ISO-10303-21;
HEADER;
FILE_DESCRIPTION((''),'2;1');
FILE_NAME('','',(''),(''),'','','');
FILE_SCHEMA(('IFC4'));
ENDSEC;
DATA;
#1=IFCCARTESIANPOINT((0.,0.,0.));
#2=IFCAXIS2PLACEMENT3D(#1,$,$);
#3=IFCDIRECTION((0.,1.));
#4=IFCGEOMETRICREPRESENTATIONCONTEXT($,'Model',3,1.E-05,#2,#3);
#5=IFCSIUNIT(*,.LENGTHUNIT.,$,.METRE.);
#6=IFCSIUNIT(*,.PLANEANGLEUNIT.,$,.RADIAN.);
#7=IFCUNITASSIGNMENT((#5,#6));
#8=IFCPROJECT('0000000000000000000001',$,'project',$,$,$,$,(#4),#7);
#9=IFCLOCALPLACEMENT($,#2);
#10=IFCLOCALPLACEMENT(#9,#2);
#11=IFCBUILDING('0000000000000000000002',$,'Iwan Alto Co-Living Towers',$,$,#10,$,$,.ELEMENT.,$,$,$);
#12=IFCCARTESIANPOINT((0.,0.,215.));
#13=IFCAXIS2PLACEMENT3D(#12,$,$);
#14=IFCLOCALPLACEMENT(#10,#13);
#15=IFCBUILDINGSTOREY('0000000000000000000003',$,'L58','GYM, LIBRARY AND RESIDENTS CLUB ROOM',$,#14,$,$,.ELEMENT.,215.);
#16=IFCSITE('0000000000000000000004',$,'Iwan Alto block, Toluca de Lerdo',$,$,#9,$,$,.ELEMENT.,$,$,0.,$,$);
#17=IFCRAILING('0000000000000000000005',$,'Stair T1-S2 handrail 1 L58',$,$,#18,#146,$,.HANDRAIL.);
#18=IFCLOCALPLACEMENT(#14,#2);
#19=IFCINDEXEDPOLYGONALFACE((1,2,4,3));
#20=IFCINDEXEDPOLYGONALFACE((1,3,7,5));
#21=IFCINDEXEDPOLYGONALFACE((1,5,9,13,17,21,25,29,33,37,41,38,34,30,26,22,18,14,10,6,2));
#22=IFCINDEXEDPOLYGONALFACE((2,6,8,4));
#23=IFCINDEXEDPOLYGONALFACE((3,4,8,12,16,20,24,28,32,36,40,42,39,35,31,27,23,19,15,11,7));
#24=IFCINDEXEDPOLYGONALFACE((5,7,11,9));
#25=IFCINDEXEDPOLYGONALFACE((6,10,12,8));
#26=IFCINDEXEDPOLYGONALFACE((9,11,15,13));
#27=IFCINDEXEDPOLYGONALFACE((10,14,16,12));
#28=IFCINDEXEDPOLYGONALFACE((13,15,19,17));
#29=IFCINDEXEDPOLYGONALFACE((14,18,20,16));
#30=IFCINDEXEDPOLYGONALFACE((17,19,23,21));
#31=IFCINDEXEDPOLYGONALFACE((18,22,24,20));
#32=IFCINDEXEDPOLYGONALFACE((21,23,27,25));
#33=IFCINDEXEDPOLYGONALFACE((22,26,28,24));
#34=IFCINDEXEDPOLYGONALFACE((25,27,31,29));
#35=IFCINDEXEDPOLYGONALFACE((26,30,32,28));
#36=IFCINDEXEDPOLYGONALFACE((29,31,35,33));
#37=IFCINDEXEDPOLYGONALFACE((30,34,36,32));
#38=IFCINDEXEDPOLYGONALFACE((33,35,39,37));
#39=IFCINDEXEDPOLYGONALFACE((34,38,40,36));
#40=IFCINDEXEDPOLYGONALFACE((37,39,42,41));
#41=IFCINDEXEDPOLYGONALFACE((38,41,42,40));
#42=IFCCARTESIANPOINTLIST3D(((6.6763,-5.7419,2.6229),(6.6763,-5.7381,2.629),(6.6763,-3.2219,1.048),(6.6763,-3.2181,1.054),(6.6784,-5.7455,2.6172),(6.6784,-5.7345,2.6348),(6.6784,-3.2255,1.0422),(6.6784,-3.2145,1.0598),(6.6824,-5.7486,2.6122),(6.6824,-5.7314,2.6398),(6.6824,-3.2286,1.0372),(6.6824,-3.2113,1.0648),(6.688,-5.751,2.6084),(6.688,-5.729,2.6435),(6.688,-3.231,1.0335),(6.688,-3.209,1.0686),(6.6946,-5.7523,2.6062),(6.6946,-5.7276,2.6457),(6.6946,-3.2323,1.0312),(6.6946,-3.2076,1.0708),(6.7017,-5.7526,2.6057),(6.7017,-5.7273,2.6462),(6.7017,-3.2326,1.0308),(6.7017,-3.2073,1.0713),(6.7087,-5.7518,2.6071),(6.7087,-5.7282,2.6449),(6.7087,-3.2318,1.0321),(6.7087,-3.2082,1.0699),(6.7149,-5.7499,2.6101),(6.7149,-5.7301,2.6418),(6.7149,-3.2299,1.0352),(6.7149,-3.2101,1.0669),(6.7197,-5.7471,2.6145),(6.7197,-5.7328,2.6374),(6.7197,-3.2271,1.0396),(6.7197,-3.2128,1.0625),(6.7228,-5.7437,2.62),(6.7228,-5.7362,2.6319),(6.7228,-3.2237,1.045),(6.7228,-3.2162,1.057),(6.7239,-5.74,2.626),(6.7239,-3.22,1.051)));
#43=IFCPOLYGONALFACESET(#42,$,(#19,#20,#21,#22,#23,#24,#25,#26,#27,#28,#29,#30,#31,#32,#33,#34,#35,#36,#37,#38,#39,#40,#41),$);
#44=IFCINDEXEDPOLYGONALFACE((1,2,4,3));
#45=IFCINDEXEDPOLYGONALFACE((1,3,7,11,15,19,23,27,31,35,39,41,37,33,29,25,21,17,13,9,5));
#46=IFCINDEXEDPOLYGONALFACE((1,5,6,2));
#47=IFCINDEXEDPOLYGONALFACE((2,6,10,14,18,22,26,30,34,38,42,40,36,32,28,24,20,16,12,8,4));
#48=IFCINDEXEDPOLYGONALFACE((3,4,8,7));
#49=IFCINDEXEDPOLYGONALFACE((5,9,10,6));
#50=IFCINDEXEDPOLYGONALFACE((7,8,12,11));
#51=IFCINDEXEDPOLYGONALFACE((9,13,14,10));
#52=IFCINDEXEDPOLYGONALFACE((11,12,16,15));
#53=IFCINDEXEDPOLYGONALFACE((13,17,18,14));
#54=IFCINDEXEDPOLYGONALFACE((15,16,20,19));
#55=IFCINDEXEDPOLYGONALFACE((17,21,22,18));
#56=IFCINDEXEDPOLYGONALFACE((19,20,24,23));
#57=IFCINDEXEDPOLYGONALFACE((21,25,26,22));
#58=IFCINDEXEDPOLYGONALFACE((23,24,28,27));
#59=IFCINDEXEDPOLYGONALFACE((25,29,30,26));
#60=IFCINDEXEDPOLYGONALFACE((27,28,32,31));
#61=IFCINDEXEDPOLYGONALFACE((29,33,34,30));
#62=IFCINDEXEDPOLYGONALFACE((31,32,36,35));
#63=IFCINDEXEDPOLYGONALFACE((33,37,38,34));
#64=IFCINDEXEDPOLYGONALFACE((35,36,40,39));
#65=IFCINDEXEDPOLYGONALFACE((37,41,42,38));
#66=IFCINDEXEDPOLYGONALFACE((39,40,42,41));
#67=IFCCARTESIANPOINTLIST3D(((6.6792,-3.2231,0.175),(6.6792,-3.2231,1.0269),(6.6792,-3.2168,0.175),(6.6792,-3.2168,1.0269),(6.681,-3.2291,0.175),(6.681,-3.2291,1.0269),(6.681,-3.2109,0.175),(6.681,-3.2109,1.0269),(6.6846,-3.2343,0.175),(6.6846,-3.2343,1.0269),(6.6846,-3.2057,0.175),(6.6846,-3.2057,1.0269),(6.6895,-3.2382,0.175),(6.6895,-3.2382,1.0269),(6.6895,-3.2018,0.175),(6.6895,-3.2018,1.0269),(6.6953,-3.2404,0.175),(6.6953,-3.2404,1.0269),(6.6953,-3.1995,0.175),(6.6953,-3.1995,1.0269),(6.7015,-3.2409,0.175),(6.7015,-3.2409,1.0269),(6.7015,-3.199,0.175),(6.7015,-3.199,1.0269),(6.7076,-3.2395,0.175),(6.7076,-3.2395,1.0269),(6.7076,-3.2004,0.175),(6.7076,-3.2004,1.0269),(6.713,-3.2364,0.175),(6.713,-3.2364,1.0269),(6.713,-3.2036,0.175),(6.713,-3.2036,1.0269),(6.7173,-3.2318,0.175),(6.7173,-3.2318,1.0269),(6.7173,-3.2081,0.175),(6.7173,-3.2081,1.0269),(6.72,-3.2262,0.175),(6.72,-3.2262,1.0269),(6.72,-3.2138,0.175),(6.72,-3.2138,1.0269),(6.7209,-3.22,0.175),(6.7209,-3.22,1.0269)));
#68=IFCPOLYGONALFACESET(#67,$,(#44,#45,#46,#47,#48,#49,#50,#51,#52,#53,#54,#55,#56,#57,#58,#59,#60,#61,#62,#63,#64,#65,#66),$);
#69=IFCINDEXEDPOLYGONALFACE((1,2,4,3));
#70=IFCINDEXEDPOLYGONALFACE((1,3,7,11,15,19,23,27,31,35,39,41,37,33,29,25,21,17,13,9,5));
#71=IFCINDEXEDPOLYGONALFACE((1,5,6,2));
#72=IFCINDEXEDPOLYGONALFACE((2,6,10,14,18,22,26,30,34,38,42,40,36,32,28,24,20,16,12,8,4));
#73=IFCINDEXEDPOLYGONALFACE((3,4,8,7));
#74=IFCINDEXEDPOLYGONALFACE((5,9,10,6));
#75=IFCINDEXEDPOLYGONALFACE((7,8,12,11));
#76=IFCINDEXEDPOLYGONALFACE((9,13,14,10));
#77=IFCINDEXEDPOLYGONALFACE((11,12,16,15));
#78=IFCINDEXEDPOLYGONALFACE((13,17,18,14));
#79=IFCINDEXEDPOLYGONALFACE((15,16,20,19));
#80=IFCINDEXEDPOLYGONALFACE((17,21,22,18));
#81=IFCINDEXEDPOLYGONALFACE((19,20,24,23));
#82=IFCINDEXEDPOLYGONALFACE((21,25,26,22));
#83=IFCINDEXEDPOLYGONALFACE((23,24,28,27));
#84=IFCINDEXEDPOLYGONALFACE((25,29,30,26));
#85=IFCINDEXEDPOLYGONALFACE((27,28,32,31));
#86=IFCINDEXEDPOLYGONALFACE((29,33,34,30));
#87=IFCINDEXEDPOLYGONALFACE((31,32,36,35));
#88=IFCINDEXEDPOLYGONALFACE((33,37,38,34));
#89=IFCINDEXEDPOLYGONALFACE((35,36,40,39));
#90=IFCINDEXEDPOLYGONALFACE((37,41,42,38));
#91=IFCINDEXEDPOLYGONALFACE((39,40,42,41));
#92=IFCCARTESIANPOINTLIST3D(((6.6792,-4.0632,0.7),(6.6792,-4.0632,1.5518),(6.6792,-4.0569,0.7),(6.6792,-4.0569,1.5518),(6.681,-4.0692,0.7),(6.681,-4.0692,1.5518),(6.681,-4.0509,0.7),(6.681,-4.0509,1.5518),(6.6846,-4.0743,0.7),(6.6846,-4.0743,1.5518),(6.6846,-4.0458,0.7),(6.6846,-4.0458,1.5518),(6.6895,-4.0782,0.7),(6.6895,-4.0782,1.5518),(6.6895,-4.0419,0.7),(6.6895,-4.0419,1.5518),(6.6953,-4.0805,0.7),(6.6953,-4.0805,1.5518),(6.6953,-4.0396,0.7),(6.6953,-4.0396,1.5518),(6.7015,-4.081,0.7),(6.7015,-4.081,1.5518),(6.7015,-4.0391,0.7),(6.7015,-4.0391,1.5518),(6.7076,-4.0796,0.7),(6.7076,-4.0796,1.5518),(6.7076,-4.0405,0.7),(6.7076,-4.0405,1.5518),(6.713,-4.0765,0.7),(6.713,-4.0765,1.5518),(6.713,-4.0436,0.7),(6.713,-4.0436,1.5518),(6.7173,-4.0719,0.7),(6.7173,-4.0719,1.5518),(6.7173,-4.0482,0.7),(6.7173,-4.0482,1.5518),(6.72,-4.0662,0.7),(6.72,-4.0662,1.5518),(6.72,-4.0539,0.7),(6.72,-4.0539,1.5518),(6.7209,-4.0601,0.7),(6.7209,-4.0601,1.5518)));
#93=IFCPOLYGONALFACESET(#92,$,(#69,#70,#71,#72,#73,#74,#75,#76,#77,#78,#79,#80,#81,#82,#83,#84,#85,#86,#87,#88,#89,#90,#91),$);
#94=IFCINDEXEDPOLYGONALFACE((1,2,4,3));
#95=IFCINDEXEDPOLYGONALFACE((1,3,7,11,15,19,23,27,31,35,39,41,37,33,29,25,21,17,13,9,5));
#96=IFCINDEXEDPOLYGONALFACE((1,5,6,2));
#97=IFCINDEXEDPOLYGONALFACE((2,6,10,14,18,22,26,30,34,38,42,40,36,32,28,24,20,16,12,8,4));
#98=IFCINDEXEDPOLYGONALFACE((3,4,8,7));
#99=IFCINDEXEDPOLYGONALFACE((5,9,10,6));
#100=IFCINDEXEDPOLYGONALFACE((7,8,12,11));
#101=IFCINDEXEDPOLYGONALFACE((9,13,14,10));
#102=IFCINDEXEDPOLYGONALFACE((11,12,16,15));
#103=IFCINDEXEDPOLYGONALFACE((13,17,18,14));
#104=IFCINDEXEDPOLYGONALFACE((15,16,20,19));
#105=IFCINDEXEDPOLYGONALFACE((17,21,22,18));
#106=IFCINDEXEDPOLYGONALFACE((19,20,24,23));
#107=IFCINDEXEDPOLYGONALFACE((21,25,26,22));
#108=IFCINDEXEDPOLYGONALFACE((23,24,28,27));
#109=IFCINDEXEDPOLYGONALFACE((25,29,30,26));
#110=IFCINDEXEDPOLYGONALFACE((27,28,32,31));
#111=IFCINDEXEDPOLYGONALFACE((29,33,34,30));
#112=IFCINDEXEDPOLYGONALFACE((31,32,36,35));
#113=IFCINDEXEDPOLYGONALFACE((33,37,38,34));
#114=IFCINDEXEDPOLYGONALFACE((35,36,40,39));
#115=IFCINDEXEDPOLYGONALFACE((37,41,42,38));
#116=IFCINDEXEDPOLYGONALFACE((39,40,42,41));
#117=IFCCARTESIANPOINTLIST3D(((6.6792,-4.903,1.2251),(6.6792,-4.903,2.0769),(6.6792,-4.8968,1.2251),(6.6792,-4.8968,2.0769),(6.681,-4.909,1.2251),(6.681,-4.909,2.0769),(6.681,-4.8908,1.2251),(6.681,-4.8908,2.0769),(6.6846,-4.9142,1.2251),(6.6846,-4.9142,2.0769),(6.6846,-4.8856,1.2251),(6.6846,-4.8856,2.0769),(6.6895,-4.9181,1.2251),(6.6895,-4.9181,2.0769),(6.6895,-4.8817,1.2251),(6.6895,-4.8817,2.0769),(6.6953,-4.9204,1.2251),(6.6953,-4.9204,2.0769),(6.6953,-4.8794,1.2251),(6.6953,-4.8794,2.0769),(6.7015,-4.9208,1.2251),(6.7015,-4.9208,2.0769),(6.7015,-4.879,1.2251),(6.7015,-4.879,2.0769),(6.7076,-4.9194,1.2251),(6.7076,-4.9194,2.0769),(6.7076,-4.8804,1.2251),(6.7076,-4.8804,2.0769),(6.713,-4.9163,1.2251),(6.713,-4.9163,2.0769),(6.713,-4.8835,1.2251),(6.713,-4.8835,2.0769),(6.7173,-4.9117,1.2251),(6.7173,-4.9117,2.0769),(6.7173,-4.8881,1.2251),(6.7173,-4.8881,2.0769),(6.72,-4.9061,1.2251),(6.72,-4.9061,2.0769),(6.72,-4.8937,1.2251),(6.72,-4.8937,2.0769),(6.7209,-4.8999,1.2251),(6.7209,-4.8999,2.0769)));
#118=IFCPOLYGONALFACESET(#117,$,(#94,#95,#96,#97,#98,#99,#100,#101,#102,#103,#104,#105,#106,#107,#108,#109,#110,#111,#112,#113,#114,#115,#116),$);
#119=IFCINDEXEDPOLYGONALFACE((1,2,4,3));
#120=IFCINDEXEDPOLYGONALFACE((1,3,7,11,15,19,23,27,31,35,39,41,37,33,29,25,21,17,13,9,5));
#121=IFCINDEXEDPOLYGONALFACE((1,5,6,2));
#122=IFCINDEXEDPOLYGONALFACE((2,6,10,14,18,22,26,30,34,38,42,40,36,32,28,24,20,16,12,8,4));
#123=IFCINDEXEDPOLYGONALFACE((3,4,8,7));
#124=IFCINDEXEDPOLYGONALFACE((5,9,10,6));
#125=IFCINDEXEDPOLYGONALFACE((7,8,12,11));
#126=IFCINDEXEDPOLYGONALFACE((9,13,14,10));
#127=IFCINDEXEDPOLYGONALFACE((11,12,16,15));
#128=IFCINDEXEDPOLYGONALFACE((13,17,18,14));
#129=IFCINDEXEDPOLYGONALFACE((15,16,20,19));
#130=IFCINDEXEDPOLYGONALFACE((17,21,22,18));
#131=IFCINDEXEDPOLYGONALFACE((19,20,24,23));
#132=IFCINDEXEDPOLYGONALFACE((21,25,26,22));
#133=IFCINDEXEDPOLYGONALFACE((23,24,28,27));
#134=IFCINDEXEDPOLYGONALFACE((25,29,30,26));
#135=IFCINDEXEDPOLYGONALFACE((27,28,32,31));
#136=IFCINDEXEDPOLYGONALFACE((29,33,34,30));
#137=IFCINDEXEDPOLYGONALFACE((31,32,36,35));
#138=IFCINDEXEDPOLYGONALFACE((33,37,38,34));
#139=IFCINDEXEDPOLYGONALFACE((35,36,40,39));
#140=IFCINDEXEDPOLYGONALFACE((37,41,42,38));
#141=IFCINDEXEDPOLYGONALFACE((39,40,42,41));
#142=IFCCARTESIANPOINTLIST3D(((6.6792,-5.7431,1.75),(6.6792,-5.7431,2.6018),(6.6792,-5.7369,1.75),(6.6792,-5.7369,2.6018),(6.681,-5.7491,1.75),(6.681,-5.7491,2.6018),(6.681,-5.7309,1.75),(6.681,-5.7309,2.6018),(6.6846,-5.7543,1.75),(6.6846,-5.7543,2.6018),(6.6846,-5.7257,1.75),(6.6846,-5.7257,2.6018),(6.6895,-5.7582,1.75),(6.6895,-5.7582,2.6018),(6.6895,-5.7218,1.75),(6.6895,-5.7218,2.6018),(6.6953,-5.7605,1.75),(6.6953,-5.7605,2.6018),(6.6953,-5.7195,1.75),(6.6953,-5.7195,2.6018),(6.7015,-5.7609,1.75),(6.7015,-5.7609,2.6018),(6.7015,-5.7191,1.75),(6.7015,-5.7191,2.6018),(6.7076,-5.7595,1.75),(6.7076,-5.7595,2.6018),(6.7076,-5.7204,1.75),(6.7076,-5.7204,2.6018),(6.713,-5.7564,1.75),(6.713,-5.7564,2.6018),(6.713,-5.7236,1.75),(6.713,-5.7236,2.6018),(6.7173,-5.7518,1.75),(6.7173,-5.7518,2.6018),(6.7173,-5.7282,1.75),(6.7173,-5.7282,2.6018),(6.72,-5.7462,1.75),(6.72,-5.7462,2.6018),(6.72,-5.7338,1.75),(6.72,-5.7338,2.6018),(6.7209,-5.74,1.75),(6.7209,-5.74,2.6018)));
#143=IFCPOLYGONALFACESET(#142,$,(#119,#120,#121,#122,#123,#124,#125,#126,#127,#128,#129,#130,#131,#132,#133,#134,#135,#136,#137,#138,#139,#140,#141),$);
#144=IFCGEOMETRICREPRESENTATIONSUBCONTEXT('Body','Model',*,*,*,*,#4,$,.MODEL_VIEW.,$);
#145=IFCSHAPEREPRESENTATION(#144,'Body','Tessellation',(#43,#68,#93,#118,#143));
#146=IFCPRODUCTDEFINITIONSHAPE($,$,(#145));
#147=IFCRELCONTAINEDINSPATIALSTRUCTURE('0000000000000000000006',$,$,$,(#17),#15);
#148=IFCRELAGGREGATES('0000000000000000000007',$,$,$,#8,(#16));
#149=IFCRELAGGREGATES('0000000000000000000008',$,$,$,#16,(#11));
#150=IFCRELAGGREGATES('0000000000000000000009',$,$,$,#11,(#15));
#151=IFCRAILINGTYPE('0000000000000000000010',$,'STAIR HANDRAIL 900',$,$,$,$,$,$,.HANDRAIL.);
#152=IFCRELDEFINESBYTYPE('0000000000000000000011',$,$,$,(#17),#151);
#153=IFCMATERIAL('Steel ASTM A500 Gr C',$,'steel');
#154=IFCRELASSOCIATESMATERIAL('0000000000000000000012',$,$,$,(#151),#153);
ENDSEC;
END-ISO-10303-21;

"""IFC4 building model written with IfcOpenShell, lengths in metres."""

from ifc_helpers import new_model, si_unit, direction, frame, origin, origin_2d, place, context, subcontext, project, spatial, circle, extrude, material, type_object, element, save


model = new_model("IFC4")

# Units and contexts
model_context = context("Model", 3, precision=1e-05, world=origin(), true_north=direction((0.0, 1.0)))
body_context = subcontext(model_context, "Body", "Model", "MODEL_VIEW")
ifc_project = project(units=[si_unit("LENGTHUNIT", "METRE"), si_unit("PLANEANGLEUNIT", "RADIAN")], contexts=[model_context])

# Site, building, storey
site_placement = place(None, origin())
site = spatial("IfcSite", under=ifc_project, at=site_placement, Name="Iwan Alto block, Toluca de Lerdo", CompositionType="ELEMENT", RefElevation=0.0)
building_placement = place(site_placement, origin())
building = spatial("IfcBuilding", under=site, at=building_placement, Name="Iwan Alto Co-Living Towers", CompositionType="ELEMENT")
storey_placement = place(building_placement, frame((0.0, 0.0, 215.0)))
storey = spatial("IfcBuildingStorey", under=building, at=storey_placement, Name="L58", Description="GYM, LIBRARY AND RESIDENTS CLUB ROOM", CompositionType="ELEMENT", Elevation=215.0)

# Railing
ifc_material_1 = material(Name="Steel ASTM A500 Gr C", Category="steel")
railing_type_1 = type_object("IfcRailingType", Name="STAIR HANDRAIL 900", PredefinedType="HANDRAIL", material=ifc_material_1)
railing_1_placement = place(storey_placement, frame((6.7, -3.22, 0.175)))
element("IfcRailing", 1, at=railing_1_placement, inside=storey, type_object=railing_type_1, Name="Stair T1-S2 handrail 1 L58", PredefinedType="HANDRAIL", context=body_context, shape_type="SweptSolid", body=[
    extrude(circle(Radius=0.0239, at=origin_2d()), frame((0.0, 0.0, 0.876), z_axis=(0.0, -0.848008, 0.529984), x_axis=(1.0, 0.0, 0.0)), (0.0, 0.0, 1.0), 2.9717),
    extrude(circle(Radius=0.021, at=origin_2d()), origin(), (0.0, 0.0, 1.0), 0.8518),
    extrude(circle(Radius=0.021, at=origin_2d()), frame((0.0, -0.8401, 0.5249)), (0.0, 0.0, 1.0), 0.8518),
    extrude(circle(Radius=0.021, at=origin_2d()), frame((0.0, -1.6799, 1.05)), (0.0, 0.0, 1.0), 0.8518),
    extrude(circle(Radius=0.021, at=origin_2d()), frame((0.0, -2.52, 1.575)), (0.0, 0.0, 1.0), 0.8518),
])

save(model, "model.ifc")
